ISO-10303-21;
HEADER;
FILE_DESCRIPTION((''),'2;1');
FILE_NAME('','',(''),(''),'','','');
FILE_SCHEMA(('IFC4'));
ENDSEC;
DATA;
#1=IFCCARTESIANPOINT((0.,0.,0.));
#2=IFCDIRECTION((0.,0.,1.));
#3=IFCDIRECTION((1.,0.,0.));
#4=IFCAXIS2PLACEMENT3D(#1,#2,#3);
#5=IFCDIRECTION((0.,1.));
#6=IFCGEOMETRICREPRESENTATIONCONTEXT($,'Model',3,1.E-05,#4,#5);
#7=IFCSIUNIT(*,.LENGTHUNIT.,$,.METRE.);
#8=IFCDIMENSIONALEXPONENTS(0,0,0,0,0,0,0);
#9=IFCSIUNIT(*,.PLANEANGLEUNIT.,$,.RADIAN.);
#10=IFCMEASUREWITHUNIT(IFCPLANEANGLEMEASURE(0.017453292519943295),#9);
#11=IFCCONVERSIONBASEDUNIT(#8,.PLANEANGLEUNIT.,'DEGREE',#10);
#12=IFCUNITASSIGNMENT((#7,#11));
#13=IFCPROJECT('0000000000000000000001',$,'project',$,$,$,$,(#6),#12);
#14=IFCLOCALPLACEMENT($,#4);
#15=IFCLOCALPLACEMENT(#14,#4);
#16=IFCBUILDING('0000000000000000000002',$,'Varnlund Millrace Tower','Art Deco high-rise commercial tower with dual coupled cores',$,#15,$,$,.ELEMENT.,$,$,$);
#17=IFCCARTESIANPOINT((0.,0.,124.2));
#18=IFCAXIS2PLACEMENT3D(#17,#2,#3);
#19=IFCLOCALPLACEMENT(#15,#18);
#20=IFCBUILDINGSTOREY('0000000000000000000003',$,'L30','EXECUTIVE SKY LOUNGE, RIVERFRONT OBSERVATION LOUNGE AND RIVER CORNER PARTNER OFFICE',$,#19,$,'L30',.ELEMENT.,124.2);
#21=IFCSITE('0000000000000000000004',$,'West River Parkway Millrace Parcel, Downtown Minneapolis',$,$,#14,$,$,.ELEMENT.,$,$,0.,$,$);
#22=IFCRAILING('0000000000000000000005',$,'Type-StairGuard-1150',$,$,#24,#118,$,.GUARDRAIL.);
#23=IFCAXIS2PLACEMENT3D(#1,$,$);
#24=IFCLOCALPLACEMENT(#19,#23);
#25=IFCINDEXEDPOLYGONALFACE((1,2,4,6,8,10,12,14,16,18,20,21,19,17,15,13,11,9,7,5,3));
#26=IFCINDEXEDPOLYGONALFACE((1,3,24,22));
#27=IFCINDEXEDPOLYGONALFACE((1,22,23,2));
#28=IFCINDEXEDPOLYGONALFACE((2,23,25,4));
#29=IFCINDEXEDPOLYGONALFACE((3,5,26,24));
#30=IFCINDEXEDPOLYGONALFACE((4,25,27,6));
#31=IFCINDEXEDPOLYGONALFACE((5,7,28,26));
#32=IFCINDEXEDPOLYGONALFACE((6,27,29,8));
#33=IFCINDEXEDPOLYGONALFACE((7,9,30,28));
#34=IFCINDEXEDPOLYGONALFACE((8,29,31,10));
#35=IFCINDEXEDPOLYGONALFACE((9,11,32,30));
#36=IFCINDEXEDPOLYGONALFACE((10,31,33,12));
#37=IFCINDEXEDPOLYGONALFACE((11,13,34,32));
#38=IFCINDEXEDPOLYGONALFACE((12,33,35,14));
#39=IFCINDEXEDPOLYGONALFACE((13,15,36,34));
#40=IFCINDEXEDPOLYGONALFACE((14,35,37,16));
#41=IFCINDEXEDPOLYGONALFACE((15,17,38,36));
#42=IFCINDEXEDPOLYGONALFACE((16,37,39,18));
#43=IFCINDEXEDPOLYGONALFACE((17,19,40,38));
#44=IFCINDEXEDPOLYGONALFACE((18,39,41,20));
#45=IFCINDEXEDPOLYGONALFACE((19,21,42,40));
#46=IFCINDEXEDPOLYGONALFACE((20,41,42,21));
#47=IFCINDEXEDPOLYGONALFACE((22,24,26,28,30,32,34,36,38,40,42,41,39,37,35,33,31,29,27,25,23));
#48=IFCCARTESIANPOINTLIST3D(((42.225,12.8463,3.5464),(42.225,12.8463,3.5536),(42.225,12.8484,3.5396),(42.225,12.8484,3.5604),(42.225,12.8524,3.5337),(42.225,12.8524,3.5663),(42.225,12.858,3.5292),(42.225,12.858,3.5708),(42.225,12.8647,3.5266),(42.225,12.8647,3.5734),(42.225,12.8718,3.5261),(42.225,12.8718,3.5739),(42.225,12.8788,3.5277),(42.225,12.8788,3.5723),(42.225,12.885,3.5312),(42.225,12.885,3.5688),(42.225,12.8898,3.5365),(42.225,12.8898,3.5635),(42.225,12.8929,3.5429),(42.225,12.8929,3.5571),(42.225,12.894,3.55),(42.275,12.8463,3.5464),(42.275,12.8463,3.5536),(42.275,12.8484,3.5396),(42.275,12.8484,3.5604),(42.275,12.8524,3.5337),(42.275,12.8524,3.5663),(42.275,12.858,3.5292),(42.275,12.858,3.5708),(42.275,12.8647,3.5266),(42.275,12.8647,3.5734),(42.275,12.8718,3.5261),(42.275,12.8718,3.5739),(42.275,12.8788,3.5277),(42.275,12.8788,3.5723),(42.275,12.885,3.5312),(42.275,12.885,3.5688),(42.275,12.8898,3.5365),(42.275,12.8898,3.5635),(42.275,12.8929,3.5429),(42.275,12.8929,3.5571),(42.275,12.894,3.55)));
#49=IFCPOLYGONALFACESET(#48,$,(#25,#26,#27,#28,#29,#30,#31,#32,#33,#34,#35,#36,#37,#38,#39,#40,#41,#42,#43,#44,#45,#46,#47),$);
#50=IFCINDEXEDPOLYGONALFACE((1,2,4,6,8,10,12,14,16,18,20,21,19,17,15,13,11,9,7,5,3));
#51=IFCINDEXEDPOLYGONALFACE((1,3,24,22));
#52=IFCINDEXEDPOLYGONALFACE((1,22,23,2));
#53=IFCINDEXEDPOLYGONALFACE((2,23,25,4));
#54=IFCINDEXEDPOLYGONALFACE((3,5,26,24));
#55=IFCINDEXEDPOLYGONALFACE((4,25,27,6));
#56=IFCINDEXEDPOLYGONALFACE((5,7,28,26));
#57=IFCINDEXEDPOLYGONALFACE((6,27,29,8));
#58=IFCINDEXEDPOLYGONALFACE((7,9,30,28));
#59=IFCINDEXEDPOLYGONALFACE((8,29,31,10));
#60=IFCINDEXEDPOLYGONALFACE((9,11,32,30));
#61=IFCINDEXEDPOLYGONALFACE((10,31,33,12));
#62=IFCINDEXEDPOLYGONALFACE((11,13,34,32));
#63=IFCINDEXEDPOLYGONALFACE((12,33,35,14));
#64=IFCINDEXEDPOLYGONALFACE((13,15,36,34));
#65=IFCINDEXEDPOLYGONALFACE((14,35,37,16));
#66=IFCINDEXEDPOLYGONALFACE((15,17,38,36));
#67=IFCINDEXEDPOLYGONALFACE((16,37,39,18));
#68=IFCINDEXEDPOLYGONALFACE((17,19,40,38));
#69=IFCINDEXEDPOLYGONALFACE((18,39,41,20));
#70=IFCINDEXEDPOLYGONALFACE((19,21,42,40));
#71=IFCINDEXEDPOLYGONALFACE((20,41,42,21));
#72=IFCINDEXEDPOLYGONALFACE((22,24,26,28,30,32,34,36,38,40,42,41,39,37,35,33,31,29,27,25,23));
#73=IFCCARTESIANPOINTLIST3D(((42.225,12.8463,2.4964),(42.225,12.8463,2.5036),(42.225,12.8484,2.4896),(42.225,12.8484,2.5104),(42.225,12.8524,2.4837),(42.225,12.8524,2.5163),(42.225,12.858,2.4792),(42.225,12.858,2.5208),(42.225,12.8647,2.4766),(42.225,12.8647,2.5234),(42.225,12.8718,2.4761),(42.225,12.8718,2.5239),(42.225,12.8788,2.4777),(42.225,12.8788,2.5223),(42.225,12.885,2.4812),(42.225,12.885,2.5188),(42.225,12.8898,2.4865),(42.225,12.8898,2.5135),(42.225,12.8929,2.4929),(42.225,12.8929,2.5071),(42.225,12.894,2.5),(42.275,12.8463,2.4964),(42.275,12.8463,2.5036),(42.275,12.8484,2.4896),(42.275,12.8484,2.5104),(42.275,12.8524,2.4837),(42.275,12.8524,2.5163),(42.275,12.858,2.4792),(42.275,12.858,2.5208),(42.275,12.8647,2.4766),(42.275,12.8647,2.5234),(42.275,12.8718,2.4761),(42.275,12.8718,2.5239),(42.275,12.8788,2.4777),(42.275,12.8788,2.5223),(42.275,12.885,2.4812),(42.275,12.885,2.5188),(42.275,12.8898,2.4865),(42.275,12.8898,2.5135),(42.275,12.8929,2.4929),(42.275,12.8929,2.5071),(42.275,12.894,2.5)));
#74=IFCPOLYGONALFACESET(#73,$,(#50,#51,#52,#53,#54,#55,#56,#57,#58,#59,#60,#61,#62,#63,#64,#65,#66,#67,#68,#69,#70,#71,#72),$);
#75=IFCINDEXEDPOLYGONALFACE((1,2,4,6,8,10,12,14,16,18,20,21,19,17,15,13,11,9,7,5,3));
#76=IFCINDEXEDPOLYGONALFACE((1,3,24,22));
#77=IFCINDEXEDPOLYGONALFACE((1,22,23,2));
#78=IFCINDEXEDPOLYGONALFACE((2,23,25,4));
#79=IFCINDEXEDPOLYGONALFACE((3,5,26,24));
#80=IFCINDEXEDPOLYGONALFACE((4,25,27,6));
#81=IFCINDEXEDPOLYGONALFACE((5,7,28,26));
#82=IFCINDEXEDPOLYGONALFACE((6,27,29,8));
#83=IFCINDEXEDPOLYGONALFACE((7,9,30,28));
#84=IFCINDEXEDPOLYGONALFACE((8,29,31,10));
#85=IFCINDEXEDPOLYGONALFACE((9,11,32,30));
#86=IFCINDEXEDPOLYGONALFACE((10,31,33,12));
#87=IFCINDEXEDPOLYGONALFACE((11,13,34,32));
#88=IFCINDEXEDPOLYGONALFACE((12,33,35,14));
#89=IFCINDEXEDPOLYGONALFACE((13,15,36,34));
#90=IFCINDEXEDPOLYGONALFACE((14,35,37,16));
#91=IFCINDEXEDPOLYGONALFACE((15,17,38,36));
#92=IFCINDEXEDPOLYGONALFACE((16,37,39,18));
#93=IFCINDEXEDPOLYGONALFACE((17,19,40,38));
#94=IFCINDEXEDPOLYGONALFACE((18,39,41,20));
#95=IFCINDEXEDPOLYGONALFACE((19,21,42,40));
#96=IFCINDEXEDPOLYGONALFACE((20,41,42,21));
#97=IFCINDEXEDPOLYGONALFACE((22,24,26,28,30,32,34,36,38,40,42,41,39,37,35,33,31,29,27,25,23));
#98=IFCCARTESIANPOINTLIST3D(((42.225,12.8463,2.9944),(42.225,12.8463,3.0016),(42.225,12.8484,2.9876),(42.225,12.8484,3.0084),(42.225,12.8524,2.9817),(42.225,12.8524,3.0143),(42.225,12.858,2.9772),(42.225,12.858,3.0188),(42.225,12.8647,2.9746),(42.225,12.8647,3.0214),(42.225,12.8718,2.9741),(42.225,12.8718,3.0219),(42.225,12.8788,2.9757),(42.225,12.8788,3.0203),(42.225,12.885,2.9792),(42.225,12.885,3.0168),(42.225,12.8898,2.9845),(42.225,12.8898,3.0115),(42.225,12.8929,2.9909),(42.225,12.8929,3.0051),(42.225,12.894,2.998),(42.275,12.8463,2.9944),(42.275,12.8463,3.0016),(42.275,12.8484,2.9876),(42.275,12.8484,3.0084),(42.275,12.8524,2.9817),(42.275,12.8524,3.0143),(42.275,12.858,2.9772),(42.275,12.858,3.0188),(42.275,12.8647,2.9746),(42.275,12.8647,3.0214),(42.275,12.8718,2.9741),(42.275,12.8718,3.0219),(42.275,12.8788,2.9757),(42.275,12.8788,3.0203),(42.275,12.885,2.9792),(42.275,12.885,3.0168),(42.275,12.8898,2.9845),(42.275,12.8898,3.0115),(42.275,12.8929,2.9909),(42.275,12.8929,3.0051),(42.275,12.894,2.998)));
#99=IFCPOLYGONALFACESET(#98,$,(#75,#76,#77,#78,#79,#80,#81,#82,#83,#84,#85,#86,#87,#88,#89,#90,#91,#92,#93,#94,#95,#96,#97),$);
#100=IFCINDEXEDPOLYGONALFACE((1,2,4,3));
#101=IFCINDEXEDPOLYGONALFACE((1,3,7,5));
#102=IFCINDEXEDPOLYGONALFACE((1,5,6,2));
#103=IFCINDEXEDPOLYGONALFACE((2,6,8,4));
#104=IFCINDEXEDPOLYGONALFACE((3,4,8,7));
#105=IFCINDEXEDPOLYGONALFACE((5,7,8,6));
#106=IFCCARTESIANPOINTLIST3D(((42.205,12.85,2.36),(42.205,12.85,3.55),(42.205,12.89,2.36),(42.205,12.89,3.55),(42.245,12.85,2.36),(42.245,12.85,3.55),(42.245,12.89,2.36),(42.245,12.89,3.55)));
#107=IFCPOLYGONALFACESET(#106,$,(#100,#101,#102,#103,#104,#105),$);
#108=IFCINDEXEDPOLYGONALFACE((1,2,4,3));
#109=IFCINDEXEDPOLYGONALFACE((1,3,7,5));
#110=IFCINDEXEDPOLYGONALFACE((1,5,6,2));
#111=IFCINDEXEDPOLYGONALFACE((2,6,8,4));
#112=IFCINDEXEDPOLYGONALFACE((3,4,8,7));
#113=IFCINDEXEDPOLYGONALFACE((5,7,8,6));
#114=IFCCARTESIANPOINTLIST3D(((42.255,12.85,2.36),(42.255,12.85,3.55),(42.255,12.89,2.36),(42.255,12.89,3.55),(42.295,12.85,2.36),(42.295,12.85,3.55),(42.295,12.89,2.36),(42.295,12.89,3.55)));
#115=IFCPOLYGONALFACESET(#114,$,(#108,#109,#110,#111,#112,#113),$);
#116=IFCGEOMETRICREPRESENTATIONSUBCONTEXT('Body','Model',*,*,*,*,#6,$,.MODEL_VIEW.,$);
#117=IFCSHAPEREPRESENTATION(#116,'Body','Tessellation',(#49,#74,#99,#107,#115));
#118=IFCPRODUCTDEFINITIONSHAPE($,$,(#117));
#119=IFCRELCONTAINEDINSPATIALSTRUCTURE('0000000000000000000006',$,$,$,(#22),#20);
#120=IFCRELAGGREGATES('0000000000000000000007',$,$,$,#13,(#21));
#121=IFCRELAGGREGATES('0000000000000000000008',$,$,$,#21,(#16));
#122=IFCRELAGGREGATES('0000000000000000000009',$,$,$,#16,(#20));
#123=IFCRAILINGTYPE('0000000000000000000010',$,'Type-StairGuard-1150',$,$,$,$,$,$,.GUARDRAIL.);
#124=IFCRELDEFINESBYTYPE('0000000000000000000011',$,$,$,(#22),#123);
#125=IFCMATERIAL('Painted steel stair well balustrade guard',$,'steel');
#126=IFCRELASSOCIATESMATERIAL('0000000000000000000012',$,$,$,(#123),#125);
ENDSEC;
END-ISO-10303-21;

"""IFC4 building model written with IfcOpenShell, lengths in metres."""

from ifc_helpers import new_model, entity, si_unit, converted_unit, direction, frame, origin_with_axes, origin_2d_with_axis, place, context, subcontext, project, spatial, rectangle, circle, extrude, material, type_object, element, save


model = new_model("IFC4")

# Units and contexts
model_context = context("Model", 3, precision=1e-05, world=origin_with_axes(), true_north=direction((0.0, 1.0)))
body_context = subcontext(model_context, "Body", "Model", "MODEL_VIEW")
ifc_project = project(units=[si_unit("LENGTHUNIT", "METRE"), converted_unit("PLANEANGLEUNIT", "DEGREE", entity("IfcPlaneAngleMeasure", 0.017453292519943295), si_unit("PLANEANGLEUNIT", "RADIAN"), dimensions=[0, 0, 0, 0, 0, 0, 0])], contexts=[model_context])

# Site, building, storey
site_placement = place(None, origin_with_axes())
site = spatial("IfcSite", under=ifc_project, at=site_placement, Name="West River Parkway Millrace Parcel, Downtown Minneapolis", CompositionType="ELEMENT", RefElevation=0.0)
building_placement = place(site_placement, origin_with_axes())
building = spatial("IfcBuilding", under=site, at=building_placement, Name="Varnlund Millrace Tower", Description="Art Deco high-rise commercial tower with dual coupled cores", CompositionType="ELEMENT")
storey_placement = place(building_placement, frame((0.0, 0.0, 124.2), z_axis=(0.0, 0.0, 1.0), x_axis=(1.0, 0.0, 0.0)))
storey = spatial("IfcBuildingStorey", under=building, at=storey_placement, Name="L30", Description="EXECUTIVE SKY LOUNGE, RIVERFRONT OBSERVATION LOUNGE AND RIVER CORNER PARTNER OFFICE", LongName="L30", CompositionType="ELEMENT", Elevation=124.2)

# Railing
ifc_material_1 = material(Name="Painted steel stair well balustrade guard", Category="steel")
railing_type_1 = type_object("IfcRailingType", Name="Type-StairGuard-1150", PredefinedType="GUARDRAIL", material=ifc_material_1)
railing_1_placement = place(storey_placement, frame((0.0, 0.0, -124.2), z_axis=(0.0, 0.0, 1.0), x_axis=(1.0, 0.0, 0.0)))
element("IfcRailing", 1, at=railing_1_placement, inside=storey, type_object=railing_type_1, Name="Type-StairGuard-1150", PredefinedType="GUARDRAIL", context=body_context, shape_type="SweptSolid", body=[
    extrude(circle(Radius=0.024, at=origin_2d_with_axis()), frame((42.225, 12.87, 127.75), z_axis=(1.0, 0.0, 0.0), x_axis=(0.0, 1.0, 0.0)), (0.0, 0.0, 1.0), 0.05),
    extrude(circle(Radius=0.024, at=origin_2d_with_axis()), frame((42.225, 12.87, 126.7), z_axis=(1.0, 0.0, 0.0), x_axis=(0.0, 1.0, 0.0)), (0.0, 0.0, 1.0), 0.05),
    extrude(circle(Radius=0.024, at=origin_2d_with_axis()), frame((42.225, 12.87, 127.198), z_axis=(1.0, 0.0, 0.0), x_axis=(0.0, 1.0, 0.0)), (0.0, 0.0, 1.0), 0.05),
    extrude(rectangle(XDim=0.04, YDim=0.04, at=origin_2d_with_axis()), frame((42.225, 12.87, 126.56), z_axis=(0.0, 0.0, 1.0), x_axis=(1.0, 0.0, 0.0)), (0.0, 0.0, 1.0), 1.19),
    extrude(rectangle(XDim=0.04, YDim=0.04, at=origin_2d_with_axis()), frame((42.275, 12.87, 126.56), z_axis=(0.0, 0.0, 1.0), x_axis=(1.0, 0.0, 0.0)), (0.0, 0.0, 1.0), 1.19),
])

save(model, "model.ifc")
